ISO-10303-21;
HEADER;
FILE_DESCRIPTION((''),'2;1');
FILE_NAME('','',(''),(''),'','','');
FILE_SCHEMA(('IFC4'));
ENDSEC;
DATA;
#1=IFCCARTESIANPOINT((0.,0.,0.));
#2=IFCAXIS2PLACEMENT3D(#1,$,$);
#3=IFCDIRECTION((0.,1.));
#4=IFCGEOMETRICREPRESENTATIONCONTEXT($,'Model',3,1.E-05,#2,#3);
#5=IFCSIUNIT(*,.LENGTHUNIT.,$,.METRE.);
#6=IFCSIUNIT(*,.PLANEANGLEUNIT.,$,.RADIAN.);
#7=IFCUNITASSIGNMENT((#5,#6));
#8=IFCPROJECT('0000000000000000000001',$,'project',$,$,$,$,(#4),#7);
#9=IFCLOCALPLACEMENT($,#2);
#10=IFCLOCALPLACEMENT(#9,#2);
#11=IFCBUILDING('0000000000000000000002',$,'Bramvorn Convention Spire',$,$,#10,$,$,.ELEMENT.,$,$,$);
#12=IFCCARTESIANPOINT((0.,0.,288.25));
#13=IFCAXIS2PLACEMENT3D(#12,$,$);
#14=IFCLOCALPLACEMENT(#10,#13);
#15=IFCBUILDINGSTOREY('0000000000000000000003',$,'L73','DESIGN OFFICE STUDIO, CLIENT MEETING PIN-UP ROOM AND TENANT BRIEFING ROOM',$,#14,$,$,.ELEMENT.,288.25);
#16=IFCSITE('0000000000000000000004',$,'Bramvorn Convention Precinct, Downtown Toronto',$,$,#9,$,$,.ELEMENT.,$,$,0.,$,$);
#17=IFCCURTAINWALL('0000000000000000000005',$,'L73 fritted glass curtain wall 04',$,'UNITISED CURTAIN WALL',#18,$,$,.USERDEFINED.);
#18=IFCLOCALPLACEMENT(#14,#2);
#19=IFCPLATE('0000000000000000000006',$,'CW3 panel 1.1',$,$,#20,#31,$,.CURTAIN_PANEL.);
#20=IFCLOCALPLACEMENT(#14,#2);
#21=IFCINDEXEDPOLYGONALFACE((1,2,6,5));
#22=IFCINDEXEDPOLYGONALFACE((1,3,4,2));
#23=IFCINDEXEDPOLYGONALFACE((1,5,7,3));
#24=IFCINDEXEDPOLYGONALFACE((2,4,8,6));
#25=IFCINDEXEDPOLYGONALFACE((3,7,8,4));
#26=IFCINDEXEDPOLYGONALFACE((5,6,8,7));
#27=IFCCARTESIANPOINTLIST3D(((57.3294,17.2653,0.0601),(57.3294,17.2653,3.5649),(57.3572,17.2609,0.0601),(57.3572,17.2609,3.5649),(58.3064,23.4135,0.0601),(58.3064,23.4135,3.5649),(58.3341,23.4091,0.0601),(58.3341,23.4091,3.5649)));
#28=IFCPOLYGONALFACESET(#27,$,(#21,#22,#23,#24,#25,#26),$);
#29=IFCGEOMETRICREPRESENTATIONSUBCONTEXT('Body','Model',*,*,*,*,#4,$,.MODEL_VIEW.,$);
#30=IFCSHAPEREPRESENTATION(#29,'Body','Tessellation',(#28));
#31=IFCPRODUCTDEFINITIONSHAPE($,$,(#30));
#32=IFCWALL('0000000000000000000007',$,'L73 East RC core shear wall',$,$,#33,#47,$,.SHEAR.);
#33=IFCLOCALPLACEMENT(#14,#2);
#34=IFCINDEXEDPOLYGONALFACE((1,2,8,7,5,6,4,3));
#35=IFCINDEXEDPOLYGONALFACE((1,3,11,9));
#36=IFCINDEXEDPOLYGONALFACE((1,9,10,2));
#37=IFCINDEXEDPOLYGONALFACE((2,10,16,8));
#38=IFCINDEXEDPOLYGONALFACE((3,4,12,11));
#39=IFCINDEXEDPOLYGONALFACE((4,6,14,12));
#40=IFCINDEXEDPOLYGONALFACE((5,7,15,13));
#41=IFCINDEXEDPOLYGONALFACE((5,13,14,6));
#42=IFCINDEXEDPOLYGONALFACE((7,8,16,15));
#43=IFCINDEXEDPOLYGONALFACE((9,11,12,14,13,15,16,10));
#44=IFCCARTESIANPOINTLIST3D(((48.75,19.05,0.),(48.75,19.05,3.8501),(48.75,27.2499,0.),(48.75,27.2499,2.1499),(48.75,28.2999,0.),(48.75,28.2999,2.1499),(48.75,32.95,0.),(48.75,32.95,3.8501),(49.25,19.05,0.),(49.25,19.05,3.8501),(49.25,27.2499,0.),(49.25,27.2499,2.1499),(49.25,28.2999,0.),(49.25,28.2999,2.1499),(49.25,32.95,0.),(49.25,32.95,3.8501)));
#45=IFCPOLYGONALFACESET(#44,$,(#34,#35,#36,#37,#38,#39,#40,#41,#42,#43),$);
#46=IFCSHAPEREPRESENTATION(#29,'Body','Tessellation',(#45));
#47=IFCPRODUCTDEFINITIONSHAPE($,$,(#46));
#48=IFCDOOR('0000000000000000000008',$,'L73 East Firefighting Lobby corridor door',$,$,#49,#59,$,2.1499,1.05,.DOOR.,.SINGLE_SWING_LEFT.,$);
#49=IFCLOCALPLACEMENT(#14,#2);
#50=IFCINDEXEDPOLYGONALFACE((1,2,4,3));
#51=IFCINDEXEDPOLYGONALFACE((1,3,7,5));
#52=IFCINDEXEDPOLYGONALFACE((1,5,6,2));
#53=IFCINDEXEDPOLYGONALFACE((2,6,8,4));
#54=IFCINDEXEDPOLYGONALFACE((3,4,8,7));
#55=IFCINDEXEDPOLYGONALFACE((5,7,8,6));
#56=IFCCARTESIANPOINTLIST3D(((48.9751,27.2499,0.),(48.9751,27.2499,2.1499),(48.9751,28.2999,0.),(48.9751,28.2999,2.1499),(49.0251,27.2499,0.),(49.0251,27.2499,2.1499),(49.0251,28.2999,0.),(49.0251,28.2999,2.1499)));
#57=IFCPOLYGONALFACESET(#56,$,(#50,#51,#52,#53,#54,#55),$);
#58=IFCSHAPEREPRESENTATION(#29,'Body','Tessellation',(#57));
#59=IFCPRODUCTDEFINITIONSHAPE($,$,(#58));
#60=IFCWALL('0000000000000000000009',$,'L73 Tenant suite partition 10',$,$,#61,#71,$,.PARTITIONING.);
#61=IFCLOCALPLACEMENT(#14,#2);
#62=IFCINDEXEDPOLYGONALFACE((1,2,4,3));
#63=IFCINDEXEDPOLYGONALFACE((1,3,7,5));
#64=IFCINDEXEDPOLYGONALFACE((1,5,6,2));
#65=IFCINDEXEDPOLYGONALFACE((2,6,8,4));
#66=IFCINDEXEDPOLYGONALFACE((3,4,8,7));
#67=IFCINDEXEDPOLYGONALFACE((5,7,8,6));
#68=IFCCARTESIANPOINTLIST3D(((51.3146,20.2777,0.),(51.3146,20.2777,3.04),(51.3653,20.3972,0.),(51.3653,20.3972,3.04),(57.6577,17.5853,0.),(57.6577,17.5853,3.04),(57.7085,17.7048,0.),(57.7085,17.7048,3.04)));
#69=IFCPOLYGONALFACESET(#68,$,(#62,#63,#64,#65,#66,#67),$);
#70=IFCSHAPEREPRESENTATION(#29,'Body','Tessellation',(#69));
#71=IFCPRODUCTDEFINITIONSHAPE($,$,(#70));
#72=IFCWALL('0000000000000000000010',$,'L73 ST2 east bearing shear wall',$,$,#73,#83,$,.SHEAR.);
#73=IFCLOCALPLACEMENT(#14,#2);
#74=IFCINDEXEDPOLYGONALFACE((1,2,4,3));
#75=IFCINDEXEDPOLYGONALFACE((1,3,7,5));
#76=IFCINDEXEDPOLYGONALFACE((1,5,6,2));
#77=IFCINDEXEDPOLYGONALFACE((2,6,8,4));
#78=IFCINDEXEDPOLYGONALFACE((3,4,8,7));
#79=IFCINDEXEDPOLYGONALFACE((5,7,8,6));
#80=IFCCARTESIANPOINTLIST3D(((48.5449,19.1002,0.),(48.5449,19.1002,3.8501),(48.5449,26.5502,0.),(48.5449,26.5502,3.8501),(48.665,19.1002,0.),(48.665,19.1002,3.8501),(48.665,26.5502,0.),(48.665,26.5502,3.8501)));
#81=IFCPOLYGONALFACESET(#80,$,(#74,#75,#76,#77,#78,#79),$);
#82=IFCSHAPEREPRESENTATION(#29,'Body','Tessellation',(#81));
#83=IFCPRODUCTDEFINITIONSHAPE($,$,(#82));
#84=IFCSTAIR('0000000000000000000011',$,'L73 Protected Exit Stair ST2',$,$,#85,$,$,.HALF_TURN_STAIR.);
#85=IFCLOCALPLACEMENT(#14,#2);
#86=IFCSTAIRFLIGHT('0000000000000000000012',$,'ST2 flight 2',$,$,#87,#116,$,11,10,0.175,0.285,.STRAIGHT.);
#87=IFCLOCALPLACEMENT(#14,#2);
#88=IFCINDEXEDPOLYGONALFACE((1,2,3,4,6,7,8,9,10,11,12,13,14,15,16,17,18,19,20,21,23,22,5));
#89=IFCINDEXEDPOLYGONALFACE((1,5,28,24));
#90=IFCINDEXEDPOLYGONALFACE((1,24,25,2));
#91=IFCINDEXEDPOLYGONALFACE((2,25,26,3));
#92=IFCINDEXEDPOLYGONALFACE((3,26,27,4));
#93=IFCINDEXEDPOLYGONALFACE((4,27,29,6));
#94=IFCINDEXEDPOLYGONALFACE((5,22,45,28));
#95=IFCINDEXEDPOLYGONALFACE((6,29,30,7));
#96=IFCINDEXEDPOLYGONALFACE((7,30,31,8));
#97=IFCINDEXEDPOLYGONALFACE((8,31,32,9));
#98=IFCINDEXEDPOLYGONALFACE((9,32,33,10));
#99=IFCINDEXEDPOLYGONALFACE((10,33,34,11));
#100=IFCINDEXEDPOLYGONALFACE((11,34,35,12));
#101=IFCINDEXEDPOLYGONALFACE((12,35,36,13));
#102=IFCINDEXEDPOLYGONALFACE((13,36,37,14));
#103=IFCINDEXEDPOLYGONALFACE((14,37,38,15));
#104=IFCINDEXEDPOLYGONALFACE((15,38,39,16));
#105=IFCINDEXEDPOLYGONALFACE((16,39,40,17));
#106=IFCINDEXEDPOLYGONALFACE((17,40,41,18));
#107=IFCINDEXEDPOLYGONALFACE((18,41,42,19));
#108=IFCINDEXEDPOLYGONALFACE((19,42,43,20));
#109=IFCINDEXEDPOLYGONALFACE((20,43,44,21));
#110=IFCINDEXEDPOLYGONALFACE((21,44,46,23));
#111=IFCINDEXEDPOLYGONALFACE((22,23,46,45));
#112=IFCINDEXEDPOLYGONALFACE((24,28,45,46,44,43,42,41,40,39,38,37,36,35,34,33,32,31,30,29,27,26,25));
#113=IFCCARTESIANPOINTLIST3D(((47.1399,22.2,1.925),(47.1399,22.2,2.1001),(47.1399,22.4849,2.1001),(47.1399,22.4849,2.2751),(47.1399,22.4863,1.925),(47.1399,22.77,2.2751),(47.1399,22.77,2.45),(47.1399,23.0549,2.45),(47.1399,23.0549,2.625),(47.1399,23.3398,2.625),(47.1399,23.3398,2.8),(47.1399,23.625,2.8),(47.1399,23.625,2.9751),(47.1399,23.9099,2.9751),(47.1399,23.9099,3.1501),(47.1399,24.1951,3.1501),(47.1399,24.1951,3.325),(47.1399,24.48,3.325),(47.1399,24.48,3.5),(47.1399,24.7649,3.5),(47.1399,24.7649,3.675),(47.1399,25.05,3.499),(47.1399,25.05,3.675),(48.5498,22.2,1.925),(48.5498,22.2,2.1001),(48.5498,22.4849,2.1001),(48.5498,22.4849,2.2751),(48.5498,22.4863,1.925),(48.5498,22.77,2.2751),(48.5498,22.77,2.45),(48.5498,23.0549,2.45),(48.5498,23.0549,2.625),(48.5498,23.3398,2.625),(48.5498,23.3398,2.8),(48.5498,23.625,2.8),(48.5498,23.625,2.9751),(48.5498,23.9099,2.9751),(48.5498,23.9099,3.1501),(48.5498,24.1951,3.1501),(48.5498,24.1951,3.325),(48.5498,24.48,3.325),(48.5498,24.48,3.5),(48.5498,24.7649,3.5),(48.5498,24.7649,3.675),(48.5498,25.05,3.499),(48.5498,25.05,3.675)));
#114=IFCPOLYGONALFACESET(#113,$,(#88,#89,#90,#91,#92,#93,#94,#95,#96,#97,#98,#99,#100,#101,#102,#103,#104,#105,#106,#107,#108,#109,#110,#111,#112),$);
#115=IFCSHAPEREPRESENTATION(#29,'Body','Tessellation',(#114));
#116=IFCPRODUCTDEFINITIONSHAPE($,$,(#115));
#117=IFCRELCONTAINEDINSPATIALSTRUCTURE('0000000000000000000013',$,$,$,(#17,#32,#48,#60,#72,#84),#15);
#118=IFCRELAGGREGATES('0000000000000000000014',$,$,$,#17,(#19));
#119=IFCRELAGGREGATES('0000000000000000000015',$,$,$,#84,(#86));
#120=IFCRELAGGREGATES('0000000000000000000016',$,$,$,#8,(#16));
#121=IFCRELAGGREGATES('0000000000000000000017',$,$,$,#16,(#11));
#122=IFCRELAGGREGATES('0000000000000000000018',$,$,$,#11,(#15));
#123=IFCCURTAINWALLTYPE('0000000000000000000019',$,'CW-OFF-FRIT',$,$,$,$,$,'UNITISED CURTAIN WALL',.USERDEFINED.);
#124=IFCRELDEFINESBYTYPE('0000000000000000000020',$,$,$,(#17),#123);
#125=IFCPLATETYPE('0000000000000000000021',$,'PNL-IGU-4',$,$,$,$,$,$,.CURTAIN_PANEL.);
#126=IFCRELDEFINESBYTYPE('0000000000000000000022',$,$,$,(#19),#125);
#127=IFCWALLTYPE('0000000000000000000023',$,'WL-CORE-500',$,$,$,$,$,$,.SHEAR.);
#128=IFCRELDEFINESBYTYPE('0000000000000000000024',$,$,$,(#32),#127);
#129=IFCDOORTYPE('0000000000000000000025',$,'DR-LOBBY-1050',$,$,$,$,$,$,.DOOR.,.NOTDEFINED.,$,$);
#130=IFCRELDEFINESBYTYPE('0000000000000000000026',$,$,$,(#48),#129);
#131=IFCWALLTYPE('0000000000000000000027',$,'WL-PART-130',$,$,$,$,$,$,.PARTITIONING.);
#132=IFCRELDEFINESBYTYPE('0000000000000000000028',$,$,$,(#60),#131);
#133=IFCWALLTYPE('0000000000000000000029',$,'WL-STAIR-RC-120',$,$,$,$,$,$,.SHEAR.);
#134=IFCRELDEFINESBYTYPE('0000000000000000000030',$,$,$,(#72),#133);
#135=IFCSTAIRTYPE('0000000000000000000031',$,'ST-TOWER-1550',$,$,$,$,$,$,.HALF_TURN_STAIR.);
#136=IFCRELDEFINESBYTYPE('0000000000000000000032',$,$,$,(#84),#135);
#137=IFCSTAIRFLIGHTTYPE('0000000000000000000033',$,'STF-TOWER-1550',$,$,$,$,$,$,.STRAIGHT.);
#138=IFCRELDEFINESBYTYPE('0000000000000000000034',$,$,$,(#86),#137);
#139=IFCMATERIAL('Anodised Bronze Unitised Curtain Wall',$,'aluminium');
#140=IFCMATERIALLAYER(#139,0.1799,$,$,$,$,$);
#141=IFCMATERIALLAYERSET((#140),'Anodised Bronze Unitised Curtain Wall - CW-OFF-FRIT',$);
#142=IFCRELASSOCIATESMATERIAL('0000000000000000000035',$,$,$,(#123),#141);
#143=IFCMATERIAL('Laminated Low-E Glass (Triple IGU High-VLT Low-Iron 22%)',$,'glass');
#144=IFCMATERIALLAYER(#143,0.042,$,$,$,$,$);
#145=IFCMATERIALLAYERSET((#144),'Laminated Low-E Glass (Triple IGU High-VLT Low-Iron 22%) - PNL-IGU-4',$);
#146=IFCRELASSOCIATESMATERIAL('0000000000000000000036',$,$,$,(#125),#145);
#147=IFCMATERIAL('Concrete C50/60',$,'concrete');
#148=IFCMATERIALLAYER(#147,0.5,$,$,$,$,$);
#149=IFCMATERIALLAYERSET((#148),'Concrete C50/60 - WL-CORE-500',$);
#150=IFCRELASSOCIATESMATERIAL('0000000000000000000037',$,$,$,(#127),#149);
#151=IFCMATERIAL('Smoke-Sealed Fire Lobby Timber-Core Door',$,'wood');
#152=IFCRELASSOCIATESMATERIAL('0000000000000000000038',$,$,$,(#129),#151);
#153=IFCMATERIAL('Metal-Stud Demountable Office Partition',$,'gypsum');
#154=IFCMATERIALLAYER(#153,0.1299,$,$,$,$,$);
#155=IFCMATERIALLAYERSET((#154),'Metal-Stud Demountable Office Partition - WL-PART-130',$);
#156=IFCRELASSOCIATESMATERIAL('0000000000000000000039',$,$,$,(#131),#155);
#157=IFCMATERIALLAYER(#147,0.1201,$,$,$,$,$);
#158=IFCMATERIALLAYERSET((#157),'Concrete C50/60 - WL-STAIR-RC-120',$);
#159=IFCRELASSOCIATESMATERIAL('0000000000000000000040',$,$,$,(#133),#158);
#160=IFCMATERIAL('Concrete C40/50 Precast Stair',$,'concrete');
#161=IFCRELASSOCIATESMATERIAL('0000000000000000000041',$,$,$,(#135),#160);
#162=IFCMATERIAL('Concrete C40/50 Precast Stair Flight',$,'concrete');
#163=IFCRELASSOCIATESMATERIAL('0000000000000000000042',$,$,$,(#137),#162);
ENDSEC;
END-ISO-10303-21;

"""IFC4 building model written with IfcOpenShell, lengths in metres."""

from ifc_helpers import new_model, si_unit, direction, frame, frame_2d, origin, origin_2d, place, context, subcontext, project, spatial, polyline, rectangle, outline, extrude, material, layer, layer_set, type_object, element, fill, aggregate, save


model = new_model("IFC4")

# Units and contexts
model_context = context("Model", 3, precision=1e-05, world=origin(), true_north=direction((0.0, 1.0)))
body_context = subcontext(model_context, "Body", "Model", "MODEL_VIEW")
ifc_project = project(units=[si_unit("LENGTHUNIT", "METRE"), si_unit("PLANEANGLEUNIT", "RADIAN")], contexts=[model_context])

# Site, building, storey
site_placement = place(None, origin())
site = spatial("IfcSite", under=ifc_project, at=site_placement, Name="Bramvorn Convention Precinct, Downtown Toronto", CompositionType="ELEMENT", RefElevation=0.0)
building_placement = place(site_placement, origin())
building = spatial("IfcBuilding", under=site, at=building_placement, Name="Bramvorn Convention Spire", CompositionType="ELEMENT")
storey_placement = place(building_placement, frame((0.0, 0.0, 288.25)))
storey = spatial("IfcBuildingStorey", under=building, at=storey_placement, Name="L73", Description="DESIGN OFFICE STUDIO, CLIENT MEETING PIN-UP ROOM AND TENANT BRIEFING ROOM", CompositionType="ELEMENT", Elevation=288.25)

# Curtain wall, plate
ifc_material_1 = material(Name="Anodised Bronze Unitised Curtain Wall", Category="aluminium")
ifc_layer_1 = layer(ifc_material_1, 0.1799)
ifc_layer_set_1 = layer_set([ifc_layer_1], Name="Anodised Bronze Unitised Curtain Wall - CW-OFF-FRIT")
curtain_wall_type = type_object("IfcCurtainWallType", Name="CW-OFF-FRIT", ElementType="UNITISED CURTAIN WALL", PredefinedType="USERDEFINED", material=ifc_layer_set_1)
curtain_wall_placement = place(storey_placement, origin())
curtain_wall = element("IfcCurtainWall", 1, at=curtain_wall_placement, inside=storey, type_object=curtain_wall_type, Name="L73 fritted glass curtain wall 04", ObjectType="UNITISED CURTAIN WALL", PredefinedType="USERDEFINED")
ifc_material_2 = material(Name="Laminated Low-E Glass (Triple IGU High-VLT Low-Iron 22%)", Category="glass")
ifc_layer_2 = layer(ifc_material_2, 0.042)
ifc_layer_set_2 = layer_set([ifc_layer_2], Name="Laminated Low-E Glass (Triple IGU High-VLT Low-Iron 22%) - PNL-IGU-4")
plate_type = type_object("IfcPlateType", Name="PNL-IGU-4", PredefinedType="CURTAIN_PANEL", material=ifc_layer_set_2)
plate_placement = place(storey_placement, frame((57.8318, 20.3372, 0.0601), z_axis=(0.0, 0.0, 1.0), x_axis=(-0.156934, -0.987609, 0.0)))
plate = element("IfcPlate", 2, at=plate_placement, type_object=plate_type, Name="CW3 panel 1.1", PredefinedType="CURTAIN_PANEL", context=body_context, shape_type="SweptSolid", body=[
    extrude(rectangle(XDim=6.2253, YDim=0.0281, at=origin_2d()), origin(), (0.0, 0.0, 1.0), 3.5049),
])
aggregate(curtain_wall, [plate])

# Wall, opening, door
ifc_material_3 = material(Name="Concrete C50/60", Category="concrete")
ifc_layer_3 = layer(ifc_material_3, 0.5)
ifc_layer_set_3 = layer_set([ifc_layer_3], Name="Concrete C50/60 - WL-CORE-500")
wall_type_1 = type_object("IfcWallType", Name="WL-CORE-500", PredefinedType="SHEAR", material=ifc_layer_set_3)
wall_1_placement = place(storey_placement, frame((49.0, 19.05, 0.0), z_axis=(0.0, 0.0, 1.0), x_axis=(0.0, 1.0, 0.0)))
wall_1 = element("IfcWall", 3, at=wall_1_placement, inside=storey, type_object=wall_type_1, Name="L73 East RC core shear wall", PredefinedType="SHEAR", context=body_context, shape_type="SweptSolid", body=[
    extrude(rectangle(XDim=13.8999, YDim=0.5, at=frame_2d((6.95, 0.0))), origin(), (0.0, 0.0, 1.0), 3.8501),
])
opening_placement = place(wall_1_placement, frame((8.2, 0.0, 0.0)))
opening = element("IfcOpeningElement", 4, at=opening_placement, cuts=wall_1, PredefinedType="OPENING", context=body_context, shape_type="SweptSolid", body=[
    extrude(rectangle(XDim=1.05, YDim=2.1499, at=frame_2d((0.5249, 1.075))), frame((0.0, 0.26, 0.0), z_axis=(0.0, -1.0, 0.0), x_axis=(1.0, 0.0, 0.0)), (0.0, 0.0, 1.0), 0.52),
])
ifc_material_4 = material(Name="Smoke-Sealed Fire Lobby Timber-Core Door", Category="wood")
door_type = type_object("IfcDoorType", Name="DR-LOBBY-1050", OperationType="NOTDEFINED", PredefinedType="DOOR", material=ifc_material_4)
door_placement = place(opening_placement, origin())
door = element("IfcDoor", 5, at=door_placement, inside=storey, type_object=door_type, Name="L73 East Firefighting Lobby corridor door", OperationType="SINGLE_SWING_LEFT", OverallHeight=2.1499, OverallWidth=1.05, PredefinedType="DOOR", context=body_context, shape_type="SweptSolid", body=[
    extrude(rectangle(XDim=1.05, YDim=2.1499, at=frame_2d((0.5249, 1.075))), frame((0.0, 0.0249, 0.0), z_axis=(0.0, -1.0, 0.0), x_axis=(1.0, 0.0, 0.0)), (0.0, 0.0, 1.0), 0.05),
])
fill(opening, door)

# Walls
ifc_material_5 = material(Name="Metal-Stud Demountable Office Partition", Category="gypsum")
ifc_layer_4 = layer(ifc_material_5, 0.1299)
ifc_layer_set_4 = layer_set([ifc_layer_4], Name="Metal-Stud Demountable Office Partition - WL-PART-130")
wall_type_2 = type_object("IfcWallType", Name="WL-PART-130", PredefinedType="PARTITIONING", material=ifc_layer_set_4)
wall_2_placement = place(storey_placement, frame((51.3401, 20.3374, 0.0), z_axis=(0.0, 0.0, 1.0), x_axis=(0.920508, -0.390723, 0.0)))
element("IfcWall", 6, at=wall_2_placement, inside=storey, type_object=wall_type_2, Name="L73 Tenant suite partition 10", PredefinedType="PARTITIONING", context=body_context, shape_type="SweptSolid", body=[
    extrude(rectangle(XDim=6.8909, YDim=0.1299, at=frame_2d((3.4453, 0.0))), origin(), (0.0, 0.0, 1.0), 3.04),
])
ifc_layer_5 = layer(ifc_material_3, 0.1201)
ifc_layer_set_5 = layer_set([ifc_layer_5], Name="Concrete C50/60 - WL-STAIR-RC-120")
wall_type_3 = type_object("IfcWallType", Name="WL-STAIR-RC-120", PredefinedType="SHEAR", material=ifc_layer_set_5)
wall_3_placement = place(storey_placement, frame((48.605, 19.1001, 0.0), z_axis=(0.0, 0.0, 1.0), x_axis=(0.0, 1.0, 0.0)))
element("IfcWall", 7, at=wall_3_placement, inside=storey, type_object=wall_type_3, Name="L73 ST2 east bearing shear wall", PredefinedType="SHEAR", context=body_context, shape_type="SweptSolid", body=[
    extrude(rectangle(XDim=7.45, YDim=0.1201, at=frame_2d((3.7251, 0.0))), origin(), (0.0, 0.0, 1.0), 3.8501),
])

# Stair, stair flight
ifc_material_6 = material(Name="Concrete C40/50 Precast Stair", Category="concrete")
stair_type = type_object("IfcStairType", Name="ST-TOWER-1550", PredefinedType="HALF_TURN_STAIR", material=ifc_material_6)
stair_placement = place(storey_placement, origin())
stair = element("IfcStair", 8, at=stair_placement, inside=storey, type_object=stair_type, Name="L73 Protected Exit Stair ST2", PredefinedType="HALF_TURN_STAIR")
ifc_material_7 = material(Name="Concrete C40/50 Precast Stair Flight", Category="concrete")
stair_flight_type = type_object("IfcStairFlightType", Name="STF-TOWER-1550", PredefinedType="STRAIGHT", material=ifc_material_7)
stair_flight_placement = place(storey_placement, frame((47.845, 22.2, 1.925), z_axis=(0.0, 0.0, 1.0), x_axis=(0.0, 1.0, 0.0)))
stair_flight = element("IfcStairFlight", 9, at=stair_flight_placement, type_object=stair_flight_type, Name="ST2 flight 2", NumberOfRisers=11, NumberOfTreads=10, PredefinedType="STRAIGHT", RiserHeight=0.175, TreadLength=0.285, context=body_context, shape_type="SweptSolid", body=[
    extrude(outline(polyline([(0.0, 0.0), (0.0, 0.175), (0.2849, 0.175), (0.2849, 0.3501), (0.5701, 0.3501), (0.5701, 0.5249), (0.855, 0.5249), (0.855, 0.7), (1.1399, 0.7), (1.1399, 0.875), (1.425, 0.875), (1.425, 1.05), (1.71, 1.05), (1.71, 1.2251), (1.9951, 1.2251), (1.9951, 1.3999), (2.28, 1.3999), (2.28, 1.575), (2.5649, 1.575), (2.5649, 1.75), (2.8501, 1.75), (2.8501, 1.925), (2.8501, 1.574), (0.2864, 0.0), (0.0, 0.0)])), frame((0.0, 0.7051, 0.0), z_axis=(0.0, -1.0, 0.0), x_axis=(1.0, 0.0, 0.0)), (0.0, 0.0, 1.0), 1.4099),
])
aggregate(stair, [stair_flight])

save(model, "model.ifc")
